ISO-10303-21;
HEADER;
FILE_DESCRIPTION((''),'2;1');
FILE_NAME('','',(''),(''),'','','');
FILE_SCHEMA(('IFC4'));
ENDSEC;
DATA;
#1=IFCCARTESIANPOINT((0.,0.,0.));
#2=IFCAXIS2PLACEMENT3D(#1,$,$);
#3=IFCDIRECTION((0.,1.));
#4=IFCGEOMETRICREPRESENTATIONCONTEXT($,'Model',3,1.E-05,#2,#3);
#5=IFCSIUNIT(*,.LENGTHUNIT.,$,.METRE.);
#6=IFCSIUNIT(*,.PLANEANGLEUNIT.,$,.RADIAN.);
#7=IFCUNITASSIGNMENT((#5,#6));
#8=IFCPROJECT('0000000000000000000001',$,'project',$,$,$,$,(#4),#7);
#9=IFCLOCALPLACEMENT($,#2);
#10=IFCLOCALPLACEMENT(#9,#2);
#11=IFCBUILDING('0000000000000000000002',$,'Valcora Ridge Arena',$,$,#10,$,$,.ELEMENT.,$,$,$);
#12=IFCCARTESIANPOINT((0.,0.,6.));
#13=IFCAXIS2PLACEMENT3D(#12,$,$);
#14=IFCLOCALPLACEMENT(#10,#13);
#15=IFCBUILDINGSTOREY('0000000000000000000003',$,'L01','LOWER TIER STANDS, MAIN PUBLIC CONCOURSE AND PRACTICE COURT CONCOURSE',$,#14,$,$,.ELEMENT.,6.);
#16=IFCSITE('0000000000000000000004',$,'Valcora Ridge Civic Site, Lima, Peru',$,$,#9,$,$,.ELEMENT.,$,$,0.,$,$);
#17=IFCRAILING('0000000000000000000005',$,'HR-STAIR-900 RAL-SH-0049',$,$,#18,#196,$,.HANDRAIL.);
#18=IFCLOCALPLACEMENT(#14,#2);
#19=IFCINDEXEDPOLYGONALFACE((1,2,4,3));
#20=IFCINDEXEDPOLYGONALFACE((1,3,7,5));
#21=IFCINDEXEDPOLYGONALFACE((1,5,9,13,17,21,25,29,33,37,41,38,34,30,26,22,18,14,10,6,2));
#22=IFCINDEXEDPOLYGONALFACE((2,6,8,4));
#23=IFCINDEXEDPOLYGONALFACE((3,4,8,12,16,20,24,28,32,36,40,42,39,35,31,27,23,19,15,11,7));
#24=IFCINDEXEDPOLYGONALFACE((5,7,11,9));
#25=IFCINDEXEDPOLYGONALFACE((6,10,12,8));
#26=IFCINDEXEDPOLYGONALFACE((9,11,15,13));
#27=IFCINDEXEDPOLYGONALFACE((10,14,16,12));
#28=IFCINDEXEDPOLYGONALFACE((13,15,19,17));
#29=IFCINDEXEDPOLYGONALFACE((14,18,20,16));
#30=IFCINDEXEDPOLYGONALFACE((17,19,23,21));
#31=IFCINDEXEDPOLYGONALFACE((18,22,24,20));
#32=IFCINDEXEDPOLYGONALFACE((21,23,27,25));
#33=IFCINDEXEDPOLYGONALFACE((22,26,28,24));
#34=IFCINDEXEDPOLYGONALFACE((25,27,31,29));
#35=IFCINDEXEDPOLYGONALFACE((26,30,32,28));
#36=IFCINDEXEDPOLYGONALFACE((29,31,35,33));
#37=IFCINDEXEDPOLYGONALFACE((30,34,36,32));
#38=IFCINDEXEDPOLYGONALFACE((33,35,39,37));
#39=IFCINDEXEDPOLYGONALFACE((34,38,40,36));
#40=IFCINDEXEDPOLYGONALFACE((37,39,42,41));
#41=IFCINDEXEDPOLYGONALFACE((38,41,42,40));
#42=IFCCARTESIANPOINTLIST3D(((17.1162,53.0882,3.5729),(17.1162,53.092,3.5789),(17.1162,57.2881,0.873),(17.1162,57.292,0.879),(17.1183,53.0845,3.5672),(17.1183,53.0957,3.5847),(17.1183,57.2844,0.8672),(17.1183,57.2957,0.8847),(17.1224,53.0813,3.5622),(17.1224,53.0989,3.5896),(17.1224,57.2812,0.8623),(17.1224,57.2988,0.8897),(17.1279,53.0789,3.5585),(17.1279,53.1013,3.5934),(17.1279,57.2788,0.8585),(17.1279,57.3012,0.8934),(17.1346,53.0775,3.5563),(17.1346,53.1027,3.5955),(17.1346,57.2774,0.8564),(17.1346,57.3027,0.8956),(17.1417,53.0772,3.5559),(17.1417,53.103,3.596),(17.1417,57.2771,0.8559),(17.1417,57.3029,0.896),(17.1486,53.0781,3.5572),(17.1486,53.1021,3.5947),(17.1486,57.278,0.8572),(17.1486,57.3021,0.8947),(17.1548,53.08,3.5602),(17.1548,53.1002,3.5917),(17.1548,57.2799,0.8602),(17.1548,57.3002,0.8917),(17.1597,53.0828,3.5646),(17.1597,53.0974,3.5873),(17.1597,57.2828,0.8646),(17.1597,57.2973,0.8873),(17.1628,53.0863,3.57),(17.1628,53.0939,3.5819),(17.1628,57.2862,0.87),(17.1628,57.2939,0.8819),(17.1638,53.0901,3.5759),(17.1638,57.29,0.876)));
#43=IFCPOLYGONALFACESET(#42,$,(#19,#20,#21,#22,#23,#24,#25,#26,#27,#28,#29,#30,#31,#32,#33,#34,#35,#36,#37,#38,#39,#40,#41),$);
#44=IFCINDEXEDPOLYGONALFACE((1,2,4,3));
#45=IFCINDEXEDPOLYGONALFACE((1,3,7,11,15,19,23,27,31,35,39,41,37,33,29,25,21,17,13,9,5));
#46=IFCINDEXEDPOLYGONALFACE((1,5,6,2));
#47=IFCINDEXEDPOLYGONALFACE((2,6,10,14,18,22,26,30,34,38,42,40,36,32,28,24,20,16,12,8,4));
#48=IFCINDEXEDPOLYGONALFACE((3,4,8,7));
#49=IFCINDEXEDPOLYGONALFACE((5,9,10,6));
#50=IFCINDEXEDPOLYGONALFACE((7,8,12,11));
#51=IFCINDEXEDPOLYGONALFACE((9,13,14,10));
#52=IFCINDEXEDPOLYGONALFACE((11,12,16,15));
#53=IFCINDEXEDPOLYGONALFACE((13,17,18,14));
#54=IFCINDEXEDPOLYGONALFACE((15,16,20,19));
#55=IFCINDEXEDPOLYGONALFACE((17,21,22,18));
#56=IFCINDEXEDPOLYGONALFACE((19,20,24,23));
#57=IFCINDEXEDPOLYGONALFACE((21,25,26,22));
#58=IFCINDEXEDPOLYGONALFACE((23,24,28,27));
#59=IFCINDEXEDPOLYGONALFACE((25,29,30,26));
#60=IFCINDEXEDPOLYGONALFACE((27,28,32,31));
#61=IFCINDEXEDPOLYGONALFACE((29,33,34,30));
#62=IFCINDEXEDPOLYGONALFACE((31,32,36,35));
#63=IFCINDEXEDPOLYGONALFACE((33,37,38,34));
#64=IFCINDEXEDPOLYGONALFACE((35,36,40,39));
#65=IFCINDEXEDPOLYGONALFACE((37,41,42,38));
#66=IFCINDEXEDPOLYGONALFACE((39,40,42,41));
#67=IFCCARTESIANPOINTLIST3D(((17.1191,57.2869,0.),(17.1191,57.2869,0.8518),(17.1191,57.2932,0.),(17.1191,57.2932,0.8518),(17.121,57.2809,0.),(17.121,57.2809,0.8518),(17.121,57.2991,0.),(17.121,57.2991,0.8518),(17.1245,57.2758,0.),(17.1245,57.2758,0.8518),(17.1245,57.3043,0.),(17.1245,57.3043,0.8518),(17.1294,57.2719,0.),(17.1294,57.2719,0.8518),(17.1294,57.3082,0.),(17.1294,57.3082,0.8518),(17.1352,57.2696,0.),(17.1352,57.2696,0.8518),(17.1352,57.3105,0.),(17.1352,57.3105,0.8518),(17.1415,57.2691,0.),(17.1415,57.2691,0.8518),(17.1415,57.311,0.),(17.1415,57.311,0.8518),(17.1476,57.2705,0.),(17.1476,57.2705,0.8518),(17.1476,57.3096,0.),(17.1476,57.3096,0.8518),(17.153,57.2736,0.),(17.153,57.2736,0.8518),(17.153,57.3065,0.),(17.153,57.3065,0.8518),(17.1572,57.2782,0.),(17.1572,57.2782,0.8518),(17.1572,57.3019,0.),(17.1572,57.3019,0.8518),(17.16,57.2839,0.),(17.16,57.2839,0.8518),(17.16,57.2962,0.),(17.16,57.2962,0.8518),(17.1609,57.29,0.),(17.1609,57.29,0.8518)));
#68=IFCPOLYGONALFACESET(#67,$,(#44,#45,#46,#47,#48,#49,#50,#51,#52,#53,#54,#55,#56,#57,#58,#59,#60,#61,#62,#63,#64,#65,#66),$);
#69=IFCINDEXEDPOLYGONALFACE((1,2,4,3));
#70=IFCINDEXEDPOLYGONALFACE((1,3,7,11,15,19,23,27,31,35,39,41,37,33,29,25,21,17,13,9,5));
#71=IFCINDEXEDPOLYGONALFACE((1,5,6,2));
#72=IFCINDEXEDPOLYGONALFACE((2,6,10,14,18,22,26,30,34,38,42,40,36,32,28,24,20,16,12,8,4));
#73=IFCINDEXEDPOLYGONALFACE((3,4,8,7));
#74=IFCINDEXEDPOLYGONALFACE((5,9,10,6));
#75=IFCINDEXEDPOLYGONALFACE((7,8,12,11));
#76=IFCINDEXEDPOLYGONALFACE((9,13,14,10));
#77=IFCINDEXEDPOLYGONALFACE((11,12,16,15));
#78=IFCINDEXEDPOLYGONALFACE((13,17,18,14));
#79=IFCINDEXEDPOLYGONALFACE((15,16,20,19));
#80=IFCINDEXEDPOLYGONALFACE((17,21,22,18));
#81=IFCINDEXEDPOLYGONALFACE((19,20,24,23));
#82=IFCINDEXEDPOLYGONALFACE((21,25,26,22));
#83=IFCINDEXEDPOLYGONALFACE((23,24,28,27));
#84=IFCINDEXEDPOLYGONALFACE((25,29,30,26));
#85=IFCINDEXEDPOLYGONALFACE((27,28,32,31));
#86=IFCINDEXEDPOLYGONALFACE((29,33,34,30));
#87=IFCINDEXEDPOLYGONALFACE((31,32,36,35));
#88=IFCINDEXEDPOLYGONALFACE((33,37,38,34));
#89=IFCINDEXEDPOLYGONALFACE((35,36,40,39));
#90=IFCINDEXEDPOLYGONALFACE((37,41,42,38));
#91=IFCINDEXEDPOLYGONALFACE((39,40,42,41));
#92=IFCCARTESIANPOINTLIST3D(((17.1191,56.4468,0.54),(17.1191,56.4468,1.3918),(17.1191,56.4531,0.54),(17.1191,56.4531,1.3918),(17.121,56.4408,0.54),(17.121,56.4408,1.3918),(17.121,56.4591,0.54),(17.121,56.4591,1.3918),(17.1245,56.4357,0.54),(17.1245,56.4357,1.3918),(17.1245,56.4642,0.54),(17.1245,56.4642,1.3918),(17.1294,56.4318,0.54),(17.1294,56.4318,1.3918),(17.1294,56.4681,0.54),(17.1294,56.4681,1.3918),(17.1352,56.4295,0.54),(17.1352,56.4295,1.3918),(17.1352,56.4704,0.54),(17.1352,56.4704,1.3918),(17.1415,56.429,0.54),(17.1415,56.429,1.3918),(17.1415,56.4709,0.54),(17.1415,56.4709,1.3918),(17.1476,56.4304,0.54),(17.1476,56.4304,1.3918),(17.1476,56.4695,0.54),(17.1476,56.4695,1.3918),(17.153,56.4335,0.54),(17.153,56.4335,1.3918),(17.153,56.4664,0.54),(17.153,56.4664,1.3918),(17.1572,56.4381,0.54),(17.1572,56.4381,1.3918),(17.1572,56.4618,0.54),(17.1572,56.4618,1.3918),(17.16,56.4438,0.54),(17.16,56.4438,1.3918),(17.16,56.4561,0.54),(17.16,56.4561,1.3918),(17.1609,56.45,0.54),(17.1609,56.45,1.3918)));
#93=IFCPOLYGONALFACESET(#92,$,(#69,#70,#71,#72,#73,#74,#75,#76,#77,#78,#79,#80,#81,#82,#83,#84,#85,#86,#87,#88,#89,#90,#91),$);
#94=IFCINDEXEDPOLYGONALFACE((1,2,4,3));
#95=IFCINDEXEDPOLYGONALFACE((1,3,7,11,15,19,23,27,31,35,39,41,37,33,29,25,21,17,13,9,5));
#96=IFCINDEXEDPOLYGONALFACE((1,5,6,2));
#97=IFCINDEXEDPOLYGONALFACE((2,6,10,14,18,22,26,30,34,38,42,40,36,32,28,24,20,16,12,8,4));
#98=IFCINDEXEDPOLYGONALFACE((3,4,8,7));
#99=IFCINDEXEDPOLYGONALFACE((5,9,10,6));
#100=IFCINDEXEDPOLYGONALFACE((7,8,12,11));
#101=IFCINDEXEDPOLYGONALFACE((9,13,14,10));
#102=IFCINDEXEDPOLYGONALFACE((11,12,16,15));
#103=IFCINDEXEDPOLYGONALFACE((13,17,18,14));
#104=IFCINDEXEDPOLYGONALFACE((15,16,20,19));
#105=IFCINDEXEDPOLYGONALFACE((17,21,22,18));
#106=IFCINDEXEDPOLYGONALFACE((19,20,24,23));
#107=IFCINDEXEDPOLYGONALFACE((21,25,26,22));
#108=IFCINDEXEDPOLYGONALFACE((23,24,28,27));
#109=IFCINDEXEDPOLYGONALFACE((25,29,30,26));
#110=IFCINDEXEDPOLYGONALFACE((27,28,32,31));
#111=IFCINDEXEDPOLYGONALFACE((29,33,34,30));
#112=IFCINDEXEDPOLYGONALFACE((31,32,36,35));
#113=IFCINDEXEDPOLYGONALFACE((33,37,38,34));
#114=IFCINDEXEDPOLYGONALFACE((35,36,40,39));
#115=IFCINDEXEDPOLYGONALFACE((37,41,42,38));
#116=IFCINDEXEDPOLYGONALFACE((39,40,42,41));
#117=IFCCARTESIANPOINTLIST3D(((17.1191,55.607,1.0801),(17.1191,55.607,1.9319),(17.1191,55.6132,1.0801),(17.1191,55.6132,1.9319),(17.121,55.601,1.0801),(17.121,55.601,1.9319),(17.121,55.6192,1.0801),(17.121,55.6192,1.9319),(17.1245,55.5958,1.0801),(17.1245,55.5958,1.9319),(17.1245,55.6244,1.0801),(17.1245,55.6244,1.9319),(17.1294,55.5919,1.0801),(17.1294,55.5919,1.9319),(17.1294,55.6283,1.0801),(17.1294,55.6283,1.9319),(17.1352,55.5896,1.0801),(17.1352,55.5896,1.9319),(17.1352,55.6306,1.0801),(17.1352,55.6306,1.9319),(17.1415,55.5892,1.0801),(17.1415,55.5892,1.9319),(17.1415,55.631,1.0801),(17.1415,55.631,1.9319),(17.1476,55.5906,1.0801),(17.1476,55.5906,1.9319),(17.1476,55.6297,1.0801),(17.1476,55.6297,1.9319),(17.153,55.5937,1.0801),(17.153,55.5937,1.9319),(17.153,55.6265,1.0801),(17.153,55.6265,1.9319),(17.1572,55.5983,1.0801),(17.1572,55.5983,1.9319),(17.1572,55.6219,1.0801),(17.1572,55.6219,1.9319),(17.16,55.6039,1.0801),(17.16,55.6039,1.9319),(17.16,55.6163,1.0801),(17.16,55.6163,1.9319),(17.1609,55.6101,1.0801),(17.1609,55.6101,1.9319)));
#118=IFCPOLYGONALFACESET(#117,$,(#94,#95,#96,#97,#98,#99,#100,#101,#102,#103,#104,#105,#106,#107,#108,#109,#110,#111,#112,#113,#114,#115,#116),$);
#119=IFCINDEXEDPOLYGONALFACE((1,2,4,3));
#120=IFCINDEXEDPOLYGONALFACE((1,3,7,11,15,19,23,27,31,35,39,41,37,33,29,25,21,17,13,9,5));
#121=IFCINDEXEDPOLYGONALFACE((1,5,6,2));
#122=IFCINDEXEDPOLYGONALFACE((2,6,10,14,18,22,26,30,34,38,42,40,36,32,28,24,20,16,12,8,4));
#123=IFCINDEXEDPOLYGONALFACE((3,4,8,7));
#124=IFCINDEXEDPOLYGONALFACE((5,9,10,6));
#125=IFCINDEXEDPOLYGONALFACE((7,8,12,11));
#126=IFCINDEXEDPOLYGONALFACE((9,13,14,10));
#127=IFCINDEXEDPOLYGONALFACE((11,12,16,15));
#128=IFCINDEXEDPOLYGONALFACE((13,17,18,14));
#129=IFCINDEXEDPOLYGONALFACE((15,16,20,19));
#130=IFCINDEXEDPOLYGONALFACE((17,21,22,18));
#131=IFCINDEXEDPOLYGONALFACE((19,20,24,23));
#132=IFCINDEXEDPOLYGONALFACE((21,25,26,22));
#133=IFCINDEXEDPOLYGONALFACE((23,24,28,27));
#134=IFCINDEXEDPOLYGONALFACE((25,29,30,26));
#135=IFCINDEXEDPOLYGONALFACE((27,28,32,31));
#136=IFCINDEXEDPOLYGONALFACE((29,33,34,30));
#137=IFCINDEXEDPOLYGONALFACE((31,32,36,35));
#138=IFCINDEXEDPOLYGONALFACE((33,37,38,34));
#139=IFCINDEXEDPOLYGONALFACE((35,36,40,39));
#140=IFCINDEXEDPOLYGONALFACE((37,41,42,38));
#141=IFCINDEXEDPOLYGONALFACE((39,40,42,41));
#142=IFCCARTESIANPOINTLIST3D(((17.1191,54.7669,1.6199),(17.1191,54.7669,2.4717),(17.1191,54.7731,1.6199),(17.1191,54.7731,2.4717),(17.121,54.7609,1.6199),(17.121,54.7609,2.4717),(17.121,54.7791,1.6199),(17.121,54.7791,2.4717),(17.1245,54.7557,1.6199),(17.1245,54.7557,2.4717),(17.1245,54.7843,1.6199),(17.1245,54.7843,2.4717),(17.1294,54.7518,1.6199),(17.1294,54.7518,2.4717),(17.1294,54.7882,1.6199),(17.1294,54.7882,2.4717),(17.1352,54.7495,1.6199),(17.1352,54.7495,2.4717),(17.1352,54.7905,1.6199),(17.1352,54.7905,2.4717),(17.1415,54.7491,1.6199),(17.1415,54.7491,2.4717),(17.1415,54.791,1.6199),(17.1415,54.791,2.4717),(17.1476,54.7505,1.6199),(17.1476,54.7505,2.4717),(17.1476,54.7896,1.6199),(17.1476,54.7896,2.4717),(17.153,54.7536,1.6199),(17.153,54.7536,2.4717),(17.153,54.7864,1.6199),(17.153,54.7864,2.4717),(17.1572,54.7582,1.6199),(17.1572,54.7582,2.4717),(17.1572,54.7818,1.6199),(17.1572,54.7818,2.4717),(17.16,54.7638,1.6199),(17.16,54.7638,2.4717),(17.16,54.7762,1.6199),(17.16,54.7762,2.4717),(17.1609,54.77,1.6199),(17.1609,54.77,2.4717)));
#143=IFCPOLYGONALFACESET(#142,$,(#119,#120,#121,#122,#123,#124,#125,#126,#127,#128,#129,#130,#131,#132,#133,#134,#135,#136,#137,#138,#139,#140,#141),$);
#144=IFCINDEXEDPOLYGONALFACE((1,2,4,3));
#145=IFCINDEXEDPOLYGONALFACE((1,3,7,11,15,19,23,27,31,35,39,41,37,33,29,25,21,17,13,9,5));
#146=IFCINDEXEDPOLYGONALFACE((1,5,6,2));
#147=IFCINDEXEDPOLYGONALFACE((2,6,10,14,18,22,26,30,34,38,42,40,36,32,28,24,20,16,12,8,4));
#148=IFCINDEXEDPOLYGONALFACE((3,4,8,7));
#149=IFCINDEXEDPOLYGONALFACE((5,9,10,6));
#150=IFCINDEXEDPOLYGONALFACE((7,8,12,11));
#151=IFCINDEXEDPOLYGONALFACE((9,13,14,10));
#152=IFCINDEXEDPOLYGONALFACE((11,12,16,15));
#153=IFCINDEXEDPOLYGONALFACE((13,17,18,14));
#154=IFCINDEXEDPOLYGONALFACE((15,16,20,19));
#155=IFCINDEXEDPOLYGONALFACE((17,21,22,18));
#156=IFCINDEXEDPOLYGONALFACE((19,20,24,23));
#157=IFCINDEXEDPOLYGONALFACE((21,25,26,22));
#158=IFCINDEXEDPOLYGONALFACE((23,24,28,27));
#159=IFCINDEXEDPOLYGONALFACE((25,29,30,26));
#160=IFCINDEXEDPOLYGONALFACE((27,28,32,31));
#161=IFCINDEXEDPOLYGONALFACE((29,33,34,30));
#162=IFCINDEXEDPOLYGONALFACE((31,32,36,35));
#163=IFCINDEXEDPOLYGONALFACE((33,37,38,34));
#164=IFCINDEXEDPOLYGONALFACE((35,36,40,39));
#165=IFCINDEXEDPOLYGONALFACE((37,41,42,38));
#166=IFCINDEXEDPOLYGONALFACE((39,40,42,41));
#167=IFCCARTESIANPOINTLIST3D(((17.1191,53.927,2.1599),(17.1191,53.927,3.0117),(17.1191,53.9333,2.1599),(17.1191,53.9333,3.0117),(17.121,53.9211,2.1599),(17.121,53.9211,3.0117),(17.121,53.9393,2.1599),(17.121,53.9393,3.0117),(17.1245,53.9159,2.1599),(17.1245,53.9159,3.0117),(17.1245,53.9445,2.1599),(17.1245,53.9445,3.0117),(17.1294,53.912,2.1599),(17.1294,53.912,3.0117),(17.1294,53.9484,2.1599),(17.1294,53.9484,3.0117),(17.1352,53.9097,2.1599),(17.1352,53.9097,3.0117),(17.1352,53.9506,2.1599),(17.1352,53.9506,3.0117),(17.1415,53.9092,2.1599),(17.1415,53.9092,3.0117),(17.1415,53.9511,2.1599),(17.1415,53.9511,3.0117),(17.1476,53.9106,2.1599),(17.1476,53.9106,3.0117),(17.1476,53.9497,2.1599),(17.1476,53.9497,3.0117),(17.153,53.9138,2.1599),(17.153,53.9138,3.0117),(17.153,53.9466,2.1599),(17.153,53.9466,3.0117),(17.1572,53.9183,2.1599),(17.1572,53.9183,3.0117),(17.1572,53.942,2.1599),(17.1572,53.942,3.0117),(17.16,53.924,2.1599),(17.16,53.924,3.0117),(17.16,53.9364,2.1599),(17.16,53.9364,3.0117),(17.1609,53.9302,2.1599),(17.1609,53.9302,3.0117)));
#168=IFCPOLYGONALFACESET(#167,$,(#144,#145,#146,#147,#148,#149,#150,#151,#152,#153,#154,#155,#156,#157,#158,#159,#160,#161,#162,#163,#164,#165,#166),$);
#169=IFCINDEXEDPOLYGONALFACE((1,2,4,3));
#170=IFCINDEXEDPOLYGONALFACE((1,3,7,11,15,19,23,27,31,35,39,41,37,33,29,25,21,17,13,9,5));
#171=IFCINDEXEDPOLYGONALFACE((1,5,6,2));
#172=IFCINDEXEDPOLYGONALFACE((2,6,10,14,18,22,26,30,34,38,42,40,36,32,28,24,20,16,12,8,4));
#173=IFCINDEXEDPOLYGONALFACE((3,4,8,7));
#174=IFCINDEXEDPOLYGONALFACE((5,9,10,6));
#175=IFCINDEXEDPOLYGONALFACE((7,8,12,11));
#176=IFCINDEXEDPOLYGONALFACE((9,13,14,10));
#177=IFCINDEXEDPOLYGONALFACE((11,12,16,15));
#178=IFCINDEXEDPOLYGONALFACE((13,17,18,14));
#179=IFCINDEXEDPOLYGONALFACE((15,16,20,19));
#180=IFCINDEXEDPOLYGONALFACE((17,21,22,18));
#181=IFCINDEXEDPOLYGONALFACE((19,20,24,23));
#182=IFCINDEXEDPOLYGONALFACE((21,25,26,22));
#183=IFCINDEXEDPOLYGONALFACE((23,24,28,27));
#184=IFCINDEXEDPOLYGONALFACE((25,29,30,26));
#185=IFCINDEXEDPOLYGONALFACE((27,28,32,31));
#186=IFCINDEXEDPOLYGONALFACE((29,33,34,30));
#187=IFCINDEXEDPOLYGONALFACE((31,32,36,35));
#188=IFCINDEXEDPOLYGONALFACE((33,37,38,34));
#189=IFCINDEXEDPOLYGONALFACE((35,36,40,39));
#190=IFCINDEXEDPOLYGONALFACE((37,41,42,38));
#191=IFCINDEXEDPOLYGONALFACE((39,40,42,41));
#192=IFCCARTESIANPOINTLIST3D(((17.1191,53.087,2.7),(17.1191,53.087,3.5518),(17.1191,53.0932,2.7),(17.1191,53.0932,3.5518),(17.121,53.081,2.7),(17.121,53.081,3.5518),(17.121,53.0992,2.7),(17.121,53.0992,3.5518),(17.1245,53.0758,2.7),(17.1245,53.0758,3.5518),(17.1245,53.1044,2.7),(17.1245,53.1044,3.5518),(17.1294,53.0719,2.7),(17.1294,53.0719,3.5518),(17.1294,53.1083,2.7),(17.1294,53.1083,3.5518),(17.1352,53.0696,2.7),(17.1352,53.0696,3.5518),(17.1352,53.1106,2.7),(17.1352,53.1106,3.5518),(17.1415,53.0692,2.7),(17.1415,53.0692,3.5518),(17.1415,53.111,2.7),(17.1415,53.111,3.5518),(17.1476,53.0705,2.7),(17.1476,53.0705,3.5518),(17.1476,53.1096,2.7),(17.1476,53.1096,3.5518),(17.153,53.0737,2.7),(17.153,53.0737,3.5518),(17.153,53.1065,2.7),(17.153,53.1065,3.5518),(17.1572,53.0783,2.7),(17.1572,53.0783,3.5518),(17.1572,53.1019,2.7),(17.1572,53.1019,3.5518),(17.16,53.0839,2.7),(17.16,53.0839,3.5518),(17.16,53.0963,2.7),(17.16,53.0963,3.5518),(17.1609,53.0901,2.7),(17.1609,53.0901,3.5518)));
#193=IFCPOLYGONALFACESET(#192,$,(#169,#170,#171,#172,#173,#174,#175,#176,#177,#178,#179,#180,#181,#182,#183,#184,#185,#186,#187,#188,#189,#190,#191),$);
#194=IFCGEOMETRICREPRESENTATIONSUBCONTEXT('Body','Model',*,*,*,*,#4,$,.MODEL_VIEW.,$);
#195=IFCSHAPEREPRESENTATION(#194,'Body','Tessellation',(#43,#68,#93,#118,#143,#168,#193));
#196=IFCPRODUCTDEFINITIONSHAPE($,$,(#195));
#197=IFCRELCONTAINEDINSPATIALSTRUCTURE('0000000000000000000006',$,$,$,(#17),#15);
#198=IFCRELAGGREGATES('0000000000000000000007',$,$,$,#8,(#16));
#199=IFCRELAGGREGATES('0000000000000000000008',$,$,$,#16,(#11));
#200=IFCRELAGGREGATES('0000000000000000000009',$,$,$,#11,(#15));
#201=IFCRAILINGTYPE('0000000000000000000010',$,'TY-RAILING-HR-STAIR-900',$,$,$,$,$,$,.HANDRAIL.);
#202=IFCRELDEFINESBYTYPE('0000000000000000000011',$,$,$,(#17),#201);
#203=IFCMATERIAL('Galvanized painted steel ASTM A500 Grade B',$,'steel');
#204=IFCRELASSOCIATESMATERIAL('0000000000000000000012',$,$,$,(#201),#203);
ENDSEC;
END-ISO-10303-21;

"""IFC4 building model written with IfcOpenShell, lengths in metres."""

from ifc_helpers import new_model, si_unit, direction, frame, origin, origin_2d, place, context, subcontext, project, spatial, circle, extrude, material, type_object, element, save


model = new_model("IFC4")

# Units and contexts
model_context = context("Model", 3, precision=1e-05, world=origin(), true_north=direction((0.0, 1.0)))
body_context = subcontext(model_context, "Body", "Model", "MODEL_VIEW")
ifc_project = project(units=[si_unit("LENGTHUNIT", "METRE"), si_unit("PLANEANGLEUNIT", "RADIAN")], contexts=[model_context])

# Site, building, storey
site_placement = place(None, origin())
site = spatial("IfcSite", under=ifc_project, at=site_placement, Name="Valcora Ridge Civic Site, Lima, Peru", CompositionType="ELEMENT", RefElevation=0.0)
building_placement = place(site_placement, origin())
building = spatial("IfcBuilding", under=site, at=building_placement, Name="Valcora Ridge Arena", CompositionType="ELEMENT")
storey_placement = place(building_placement, frame((0.0, 0.0, 6.0)))
storey = spatial("IfcBuildingStorey", under=building, at=storey_placement, Name="L01", Description="LOWER TIER STANDS, MAIN PUBLIC CONCOURSE AND PRACTICE COURT CONCOURSE", CompositionType="ELEMENT", Elevation=6.0)

# Railing
ifc_material_1 = material(Name="Galvanized painted steel ASTM A500 Grade B", Category="steel")
railing_type = type_object("IfcRailingType", Name="TY-RAILING-HR-STAIR-900", PredefinedType="HANDRAIL", material=ifc_material_1)
railing_placement = place(storey_placement, frame((17.1399, 57.29, 0.0)))
element("IfcRailing", 1, at=railing_placement, inside=storey, type_object=railing_type, Name="HR-STAIR-900 RAL-SH-0049", PredefinedType="HANDRAIL", context=body_context, shape_type="SweptSolid", body=[
    extrude(circle(Radius=0.0239, at=origin_2d()), frame((0.0, 0.0, 0.876), z_axis=(0.0, -0.84118, 0.540755), x_axis=(1.0, 0.0, 0.0)), (0.0, 0.0, 1.0), 4.9929),
    extrude(circle(Radius=0.021, at=origin_2d()), origin(), (0.0, 0.0, 1.0), 0.8518),
    extrude(circle(Radius=0.021, at=origin_2d()), frame((0.0, -0.8401, 0.54)), (0.0, 0.0, 1.0), 0.8518),
    extrude(circle(Radius=0.021, at=origin_2d()), frame((0.0, -1.6799, 1.0801)), (0.0, 0.0, 1.0), 0.8518),
    extrude(circle(Radius=0.021, at=origin_2d()), frame((0.0, -2.52, 1.6199)), (0.0, 0.0, 1.0), 0.8518),
    extrude(circle(Radius=0.021, at=origin_2d()), frame((0.0, -3.3599, 2.1599)), (0.0, 0.0, 1.0), 0.8518),
    extrude(circle(Radius=0.021, at=origin_2d()), frame((0.0, -4.2, 2.7)), (0.0, 0.0, 1.0), 0.8518),
])

save(model, "model.ifc")
